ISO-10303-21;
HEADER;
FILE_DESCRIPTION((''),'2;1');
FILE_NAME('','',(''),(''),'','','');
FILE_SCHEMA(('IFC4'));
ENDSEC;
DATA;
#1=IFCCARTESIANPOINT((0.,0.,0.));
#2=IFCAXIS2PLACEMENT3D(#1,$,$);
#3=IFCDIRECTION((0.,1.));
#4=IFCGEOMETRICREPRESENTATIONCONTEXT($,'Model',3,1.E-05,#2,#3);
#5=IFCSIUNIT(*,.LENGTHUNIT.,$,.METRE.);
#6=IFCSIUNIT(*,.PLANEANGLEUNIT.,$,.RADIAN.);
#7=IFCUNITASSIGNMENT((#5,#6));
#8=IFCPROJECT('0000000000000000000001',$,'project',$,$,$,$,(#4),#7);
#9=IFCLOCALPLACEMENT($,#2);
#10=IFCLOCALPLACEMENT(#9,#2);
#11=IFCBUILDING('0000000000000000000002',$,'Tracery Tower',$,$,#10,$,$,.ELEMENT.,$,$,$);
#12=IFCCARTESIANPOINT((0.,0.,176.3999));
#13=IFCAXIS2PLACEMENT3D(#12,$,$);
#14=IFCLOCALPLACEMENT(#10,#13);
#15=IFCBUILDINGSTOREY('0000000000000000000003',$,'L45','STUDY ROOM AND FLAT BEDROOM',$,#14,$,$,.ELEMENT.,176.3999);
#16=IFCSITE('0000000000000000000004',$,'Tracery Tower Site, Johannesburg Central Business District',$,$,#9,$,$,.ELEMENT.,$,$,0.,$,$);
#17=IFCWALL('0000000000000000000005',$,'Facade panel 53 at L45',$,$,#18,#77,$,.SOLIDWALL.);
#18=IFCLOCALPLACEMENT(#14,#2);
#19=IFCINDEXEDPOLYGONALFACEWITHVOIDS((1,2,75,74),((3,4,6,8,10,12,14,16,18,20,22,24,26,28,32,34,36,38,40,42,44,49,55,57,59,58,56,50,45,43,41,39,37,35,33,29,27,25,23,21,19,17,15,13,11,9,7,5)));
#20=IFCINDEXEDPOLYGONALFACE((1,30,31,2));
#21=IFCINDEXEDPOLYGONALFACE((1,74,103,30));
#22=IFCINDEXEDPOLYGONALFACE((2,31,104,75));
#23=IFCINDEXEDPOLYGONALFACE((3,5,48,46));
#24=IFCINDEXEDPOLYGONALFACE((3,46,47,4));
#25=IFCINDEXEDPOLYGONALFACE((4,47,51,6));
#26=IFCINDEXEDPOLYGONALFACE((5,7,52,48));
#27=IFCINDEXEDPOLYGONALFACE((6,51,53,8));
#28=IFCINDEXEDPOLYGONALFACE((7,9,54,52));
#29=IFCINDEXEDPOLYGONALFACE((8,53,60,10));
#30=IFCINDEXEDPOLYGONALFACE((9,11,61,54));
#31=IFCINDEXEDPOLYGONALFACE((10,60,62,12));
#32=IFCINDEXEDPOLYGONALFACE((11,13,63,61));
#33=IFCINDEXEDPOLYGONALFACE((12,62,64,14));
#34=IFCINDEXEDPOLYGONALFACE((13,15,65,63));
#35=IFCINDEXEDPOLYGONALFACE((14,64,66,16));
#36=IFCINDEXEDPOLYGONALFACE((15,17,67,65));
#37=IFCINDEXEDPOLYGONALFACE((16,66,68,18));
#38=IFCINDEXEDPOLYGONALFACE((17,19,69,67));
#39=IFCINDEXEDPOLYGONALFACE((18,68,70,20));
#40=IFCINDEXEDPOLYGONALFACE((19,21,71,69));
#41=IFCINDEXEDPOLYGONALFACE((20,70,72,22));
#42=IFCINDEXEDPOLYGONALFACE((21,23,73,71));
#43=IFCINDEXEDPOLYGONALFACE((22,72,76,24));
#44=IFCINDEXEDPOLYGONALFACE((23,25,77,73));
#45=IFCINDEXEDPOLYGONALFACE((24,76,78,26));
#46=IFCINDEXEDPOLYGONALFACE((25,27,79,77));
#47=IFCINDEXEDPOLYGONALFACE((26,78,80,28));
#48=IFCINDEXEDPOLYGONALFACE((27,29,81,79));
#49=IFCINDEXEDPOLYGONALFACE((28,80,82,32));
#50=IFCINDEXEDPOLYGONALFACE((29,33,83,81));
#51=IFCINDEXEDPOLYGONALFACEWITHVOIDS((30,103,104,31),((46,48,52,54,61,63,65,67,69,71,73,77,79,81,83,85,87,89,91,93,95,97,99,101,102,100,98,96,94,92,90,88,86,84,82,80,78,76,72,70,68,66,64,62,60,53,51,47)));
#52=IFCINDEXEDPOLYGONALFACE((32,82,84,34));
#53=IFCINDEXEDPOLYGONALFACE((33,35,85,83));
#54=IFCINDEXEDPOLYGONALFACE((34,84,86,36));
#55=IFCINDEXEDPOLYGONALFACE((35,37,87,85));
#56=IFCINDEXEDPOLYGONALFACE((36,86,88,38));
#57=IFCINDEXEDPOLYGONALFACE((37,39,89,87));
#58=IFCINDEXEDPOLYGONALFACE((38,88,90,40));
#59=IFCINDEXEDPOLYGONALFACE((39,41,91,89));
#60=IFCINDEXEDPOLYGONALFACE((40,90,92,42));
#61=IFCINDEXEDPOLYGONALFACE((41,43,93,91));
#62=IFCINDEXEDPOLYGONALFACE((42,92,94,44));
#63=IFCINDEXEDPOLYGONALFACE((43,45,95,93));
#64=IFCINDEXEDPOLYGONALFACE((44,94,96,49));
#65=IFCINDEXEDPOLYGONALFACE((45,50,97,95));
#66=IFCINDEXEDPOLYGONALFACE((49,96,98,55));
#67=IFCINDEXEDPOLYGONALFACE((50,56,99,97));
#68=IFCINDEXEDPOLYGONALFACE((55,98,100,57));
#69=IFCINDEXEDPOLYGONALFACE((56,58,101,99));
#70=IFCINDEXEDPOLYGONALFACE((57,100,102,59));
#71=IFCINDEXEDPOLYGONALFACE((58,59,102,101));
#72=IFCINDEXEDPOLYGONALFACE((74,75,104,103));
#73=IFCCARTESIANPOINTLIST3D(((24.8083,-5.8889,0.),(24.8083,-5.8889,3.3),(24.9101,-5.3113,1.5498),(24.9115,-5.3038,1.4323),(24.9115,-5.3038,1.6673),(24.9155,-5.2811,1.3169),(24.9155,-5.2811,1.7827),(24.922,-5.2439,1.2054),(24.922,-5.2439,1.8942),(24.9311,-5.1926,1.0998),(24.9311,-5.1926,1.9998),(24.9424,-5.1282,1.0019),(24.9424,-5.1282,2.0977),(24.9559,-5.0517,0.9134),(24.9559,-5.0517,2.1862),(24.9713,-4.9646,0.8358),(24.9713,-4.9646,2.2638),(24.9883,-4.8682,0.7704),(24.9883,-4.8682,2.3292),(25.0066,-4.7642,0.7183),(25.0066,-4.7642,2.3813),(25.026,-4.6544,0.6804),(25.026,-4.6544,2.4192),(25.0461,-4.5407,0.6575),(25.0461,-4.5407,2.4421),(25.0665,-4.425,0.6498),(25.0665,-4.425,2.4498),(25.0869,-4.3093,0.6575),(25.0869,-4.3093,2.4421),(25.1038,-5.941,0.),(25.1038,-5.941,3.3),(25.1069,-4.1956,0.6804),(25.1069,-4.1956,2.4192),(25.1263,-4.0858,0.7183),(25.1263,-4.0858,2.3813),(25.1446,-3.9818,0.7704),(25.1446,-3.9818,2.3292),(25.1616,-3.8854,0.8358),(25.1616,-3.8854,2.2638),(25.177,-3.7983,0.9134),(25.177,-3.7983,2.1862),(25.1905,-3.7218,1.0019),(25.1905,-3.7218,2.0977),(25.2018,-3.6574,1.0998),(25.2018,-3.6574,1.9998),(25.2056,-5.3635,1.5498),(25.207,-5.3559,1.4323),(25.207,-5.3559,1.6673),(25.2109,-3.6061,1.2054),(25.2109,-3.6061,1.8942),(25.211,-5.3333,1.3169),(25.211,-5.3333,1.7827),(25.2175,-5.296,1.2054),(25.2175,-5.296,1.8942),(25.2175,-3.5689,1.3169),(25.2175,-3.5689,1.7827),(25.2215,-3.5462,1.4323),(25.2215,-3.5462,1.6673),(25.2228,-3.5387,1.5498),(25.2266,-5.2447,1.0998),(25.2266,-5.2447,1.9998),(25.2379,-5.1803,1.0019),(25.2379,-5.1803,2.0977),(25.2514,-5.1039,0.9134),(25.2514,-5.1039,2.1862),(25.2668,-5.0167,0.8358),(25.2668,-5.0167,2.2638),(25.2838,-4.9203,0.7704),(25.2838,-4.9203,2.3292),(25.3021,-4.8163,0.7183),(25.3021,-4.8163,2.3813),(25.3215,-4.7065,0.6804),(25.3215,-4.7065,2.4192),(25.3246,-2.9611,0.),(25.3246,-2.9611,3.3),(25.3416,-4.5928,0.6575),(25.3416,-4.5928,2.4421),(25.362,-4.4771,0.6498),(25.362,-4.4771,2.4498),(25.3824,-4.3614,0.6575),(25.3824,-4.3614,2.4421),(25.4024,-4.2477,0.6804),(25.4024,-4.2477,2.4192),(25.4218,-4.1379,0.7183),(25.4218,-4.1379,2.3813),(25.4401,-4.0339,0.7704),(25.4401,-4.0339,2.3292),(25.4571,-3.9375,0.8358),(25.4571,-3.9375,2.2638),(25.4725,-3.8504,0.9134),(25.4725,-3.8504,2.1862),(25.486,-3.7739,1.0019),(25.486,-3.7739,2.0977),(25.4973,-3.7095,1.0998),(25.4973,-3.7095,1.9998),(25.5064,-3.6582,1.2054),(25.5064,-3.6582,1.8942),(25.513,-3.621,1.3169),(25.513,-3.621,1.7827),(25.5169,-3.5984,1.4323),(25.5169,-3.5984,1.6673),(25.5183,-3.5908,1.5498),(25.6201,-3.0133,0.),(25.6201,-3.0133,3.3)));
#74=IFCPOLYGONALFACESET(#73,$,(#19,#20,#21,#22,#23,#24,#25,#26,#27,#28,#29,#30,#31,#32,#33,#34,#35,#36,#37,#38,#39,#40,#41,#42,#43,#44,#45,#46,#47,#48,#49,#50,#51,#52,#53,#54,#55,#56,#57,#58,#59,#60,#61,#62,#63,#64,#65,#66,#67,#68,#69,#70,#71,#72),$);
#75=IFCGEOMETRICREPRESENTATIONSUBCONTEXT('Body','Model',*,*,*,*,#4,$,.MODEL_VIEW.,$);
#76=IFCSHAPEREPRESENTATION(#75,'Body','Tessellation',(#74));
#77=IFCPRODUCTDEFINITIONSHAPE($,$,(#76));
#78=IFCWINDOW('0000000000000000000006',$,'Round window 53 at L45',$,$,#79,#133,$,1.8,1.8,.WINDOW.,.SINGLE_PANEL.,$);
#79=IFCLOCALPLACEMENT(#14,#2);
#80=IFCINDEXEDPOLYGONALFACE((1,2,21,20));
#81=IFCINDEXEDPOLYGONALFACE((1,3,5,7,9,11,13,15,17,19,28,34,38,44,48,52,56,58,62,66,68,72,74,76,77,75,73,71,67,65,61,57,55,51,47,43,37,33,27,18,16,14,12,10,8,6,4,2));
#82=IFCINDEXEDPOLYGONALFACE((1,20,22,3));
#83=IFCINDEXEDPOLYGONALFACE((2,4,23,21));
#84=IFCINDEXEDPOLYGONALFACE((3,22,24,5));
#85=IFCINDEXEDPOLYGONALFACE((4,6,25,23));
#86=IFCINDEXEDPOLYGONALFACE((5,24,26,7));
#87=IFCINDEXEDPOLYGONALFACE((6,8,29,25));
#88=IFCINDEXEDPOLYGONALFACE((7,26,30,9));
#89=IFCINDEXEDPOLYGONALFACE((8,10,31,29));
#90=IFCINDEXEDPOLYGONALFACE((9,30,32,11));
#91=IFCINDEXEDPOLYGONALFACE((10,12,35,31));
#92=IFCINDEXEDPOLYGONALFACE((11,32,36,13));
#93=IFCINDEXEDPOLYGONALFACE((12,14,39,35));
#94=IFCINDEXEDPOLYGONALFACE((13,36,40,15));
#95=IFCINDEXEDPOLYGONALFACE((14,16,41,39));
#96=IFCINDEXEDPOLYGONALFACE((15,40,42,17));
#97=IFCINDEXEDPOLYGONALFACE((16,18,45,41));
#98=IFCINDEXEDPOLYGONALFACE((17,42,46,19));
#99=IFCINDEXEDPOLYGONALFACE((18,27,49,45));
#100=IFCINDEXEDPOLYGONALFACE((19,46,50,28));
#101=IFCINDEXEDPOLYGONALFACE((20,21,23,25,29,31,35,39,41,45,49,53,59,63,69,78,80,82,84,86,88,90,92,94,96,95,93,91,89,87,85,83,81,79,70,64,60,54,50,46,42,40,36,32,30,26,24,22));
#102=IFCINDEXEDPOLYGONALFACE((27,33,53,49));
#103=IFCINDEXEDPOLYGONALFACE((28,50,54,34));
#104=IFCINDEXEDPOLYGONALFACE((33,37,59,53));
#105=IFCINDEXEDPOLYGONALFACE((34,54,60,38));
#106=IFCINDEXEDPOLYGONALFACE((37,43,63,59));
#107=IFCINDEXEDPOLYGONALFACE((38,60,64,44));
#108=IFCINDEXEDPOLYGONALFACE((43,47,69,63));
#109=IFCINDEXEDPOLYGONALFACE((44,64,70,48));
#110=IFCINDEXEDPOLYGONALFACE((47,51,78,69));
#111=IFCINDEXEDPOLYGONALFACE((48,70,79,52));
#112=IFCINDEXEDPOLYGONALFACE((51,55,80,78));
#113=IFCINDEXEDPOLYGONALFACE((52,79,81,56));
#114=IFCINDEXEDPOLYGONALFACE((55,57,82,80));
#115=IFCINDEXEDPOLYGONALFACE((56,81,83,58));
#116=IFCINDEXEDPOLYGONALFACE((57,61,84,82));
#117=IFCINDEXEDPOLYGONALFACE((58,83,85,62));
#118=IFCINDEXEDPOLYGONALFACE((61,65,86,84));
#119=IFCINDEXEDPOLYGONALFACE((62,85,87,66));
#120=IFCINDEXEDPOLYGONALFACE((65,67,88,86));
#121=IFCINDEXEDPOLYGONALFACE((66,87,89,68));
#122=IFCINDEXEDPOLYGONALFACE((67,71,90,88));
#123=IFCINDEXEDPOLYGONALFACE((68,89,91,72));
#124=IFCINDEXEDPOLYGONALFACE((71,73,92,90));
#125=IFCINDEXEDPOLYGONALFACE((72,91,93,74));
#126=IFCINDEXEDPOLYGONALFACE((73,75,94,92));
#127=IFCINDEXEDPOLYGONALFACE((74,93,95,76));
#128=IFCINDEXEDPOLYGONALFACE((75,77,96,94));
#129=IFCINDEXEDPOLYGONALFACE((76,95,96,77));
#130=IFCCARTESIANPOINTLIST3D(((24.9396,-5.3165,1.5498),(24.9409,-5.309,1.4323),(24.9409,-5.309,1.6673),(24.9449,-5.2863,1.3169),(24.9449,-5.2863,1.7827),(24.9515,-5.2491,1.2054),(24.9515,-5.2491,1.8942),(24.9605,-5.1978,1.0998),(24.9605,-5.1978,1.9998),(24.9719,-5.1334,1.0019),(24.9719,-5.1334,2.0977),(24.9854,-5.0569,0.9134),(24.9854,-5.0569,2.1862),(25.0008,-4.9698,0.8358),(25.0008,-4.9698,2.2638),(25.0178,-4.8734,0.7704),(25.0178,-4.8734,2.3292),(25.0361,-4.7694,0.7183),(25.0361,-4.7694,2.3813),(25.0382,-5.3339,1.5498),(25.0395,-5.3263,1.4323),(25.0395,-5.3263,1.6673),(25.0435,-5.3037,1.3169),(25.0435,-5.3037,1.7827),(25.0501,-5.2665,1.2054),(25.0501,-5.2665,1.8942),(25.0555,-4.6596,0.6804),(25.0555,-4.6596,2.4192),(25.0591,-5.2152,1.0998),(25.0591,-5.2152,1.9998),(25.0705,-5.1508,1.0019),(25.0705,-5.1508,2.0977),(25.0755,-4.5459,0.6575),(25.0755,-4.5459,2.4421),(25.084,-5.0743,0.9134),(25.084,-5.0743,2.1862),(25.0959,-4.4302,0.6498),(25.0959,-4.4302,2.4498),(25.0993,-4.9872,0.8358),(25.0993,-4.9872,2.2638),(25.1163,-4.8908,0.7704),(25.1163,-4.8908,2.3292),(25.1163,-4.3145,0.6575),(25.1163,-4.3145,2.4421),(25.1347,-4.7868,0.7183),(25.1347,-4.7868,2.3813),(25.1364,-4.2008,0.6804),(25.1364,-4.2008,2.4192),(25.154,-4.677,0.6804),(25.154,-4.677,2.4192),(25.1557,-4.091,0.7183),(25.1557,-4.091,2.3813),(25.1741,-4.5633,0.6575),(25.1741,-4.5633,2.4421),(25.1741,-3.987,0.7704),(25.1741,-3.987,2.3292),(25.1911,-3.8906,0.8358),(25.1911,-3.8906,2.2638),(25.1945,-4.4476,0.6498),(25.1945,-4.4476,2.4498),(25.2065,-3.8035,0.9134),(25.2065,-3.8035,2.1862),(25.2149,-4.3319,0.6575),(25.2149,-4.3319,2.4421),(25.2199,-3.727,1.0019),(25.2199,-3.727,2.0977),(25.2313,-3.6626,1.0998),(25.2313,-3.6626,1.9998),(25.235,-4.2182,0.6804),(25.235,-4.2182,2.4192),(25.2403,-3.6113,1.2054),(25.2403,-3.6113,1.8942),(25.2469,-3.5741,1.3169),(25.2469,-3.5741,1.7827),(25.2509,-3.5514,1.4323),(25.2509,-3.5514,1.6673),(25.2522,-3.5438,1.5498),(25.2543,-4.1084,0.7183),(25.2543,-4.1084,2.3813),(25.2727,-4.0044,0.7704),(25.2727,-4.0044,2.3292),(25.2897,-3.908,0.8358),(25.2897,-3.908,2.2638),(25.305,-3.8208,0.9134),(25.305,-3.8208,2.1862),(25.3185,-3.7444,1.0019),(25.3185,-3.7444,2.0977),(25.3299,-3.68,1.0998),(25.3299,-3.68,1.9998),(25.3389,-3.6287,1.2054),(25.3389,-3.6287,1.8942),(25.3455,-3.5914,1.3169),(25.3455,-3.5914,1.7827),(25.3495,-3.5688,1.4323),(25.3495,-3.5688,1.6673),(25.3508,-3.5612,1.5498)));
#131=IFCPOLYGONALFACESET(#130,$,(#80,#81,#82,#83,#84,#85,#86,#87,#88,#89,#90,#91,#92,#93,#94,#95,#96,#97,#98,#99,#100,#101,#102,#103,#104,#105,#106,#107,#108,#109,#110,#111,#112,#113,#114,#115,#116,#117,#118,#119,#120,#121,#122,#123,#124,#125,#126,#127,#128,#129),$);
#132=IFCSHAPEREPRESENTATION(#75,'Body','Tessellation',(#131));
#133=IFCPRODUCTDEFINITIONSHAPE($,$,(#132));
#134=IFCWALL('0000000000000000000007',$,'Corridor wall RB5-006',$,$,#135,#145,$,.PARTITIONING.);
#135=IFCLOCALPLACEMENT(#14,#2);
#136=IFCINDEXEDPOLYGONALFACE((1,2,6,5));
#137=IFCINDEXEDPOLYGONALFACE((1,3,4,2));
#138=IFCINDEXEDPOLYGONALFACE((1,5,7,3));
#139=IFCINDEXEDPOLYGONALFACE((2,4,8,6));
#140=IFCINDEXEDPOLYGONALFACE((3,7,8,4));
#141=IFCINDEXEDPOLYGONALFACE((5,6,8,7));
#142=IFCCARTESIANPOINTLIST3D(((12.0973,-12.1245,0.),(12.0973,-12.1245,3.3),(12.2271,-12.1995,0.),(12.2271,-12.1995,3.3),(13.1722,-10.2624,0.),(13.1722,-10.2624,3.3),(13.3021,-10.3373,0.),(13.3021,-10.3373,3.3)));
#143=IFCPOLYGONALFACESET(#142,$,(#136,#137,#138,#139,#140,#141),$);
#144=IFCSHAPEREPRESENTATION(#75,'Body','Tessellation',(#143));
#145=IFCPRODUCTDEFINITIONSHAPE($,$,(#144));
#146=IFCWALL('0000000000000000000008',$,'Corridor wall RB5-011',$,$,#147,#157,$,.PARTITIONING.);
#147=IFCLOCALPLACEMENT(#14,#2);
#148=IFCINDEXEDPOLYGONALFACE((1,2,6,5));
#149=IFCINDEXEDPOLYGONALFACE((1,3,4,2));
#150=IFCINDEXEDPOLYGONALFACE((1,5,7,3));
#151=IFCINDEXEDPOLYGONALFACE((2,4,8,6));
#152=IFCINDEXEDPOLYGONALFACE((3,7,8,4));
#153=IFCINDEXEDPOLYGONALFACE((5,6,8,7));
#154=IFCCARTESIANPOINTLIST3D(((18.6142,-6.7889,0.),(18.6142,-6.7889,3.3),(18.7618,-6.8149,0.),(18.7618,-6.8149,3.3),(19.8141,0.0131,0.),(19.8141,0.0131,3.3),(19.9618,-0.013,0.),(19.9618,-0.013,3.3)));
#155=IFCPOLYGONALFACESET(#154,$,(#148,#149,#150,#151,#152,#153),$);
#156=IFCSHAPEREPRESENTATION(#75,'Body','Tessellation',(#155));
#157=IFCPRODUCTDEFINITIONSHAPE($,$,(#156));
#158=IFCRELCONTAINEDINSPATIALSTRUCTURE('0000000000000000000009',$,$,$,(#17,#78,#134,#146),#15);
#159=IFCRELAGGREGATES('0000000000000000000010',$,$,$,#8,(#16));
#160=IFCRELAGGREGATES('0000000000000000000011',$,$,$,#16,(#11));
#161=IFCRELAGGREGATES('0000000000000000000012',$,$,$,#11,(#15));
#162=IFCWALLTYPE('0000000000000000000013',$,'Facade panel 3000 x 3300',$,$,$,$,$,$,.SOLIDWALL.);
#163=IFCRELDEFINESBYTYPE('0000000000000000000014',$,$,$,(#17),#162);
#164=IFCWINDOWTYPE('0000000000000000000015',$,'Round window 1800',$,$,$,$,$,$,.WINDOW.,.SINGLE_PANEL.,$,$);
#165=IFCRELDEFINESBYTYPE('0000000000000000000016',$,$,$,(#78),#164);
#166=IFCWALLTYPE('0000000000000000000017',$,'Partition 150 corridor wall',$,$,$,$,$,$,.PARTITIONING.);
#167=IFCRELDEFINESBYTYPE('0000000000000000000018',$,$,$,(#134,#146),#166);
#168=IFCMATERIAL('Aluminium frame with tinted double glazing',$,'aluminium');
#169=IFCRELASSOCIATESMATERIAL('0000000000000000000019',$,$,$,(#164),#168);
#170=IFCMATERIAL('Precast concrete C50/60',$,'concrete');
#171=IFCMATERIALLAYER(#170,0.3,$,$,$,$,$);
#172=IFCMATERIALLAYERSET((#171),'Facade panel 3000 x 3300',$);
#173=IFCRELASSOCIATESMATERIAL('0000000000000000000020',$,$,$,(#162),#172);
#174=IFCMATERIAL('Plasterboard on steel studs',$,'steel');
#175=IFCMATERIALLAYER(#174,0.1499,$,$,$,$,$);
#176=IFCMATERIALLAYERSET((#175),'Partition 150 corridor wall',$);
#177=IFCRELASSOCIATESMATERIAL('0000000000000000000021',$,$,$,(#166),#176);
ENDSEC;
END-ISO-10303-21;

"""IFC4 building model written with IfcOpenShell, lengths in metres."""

from ifc_helpers import new_model, si_unit, direction, frame, frame_2d, origin, origin_2d, place, context, subcontext, project, spatial, rectangle, circle, extrude, material, layer, layer_set, type_object, element, fill, save


model = new_model("IFC4")

# Units and contexts
model_context = context("Model", 3, precision=1e-05, world=origin(), true_north=direction((0.0, 1.0)))
body_context = subcontext(model_context, "Body", "Model", "MODEL_VIEW")
ifc_project = project(units=[si_unit("LENGTHUNIT", "METRE"), si_unit("PLANEANGLEUNIT", "RADIAN")], contexts=[model_context])

# Site, building, storey
site_placement = place(None, origin())
site = spatial("IfcSite", under=ifc_project, at=site_placement, Name="Tracery Tower Site, Johannesburg Central Business District", CompositionType="ELEMENT", RefElevation=0.0)
building_placement = place(site_placement, origin())
building = spatial("IfcBuilding", under=site, at=building_placement, Name="Tracery Tower", CompositionType="ELEMENT")
storey_placement = place(building_placement, frame((0.0, 0.0, 176.3999)))
storey = spatial("IfcBuildingStorey", under=building, at=storey_placement, Name="L45", Description="STUDY ROOM AND FLAT BEDROOM", CompositionType="ELEMENT", Elevation=176.3999)

# Wall, opening, window
ifc_material_1 = material(Name="Aluminium frame with tinted double glazing", Category="aluminium")
window_type = type_object("IfcWindowType", Name="Round window 1800", PartitioningType="SINGLE_PANEL", PredefinedType="WINDOW", material=ifc_material_1)
ifc_material_2 = material(Name="Precast concrete C50/60", Category="concrete")
ifc_layer_1 = layer(ifc_material_2, 0.3)
ifc_layer_set_1 = layer_set([ifc_layer_1], Name="Facade panel 3000 x 3300")
wall_type_1 = type_object("IfcWallType", Name="Facade panel 3000 x 3300", PredefinedType="SOLIDWALL", material=ifc_layer_set_1)
wall_1_placement = place(storey_placement, frame((24.9561, -5.9148, 0.0), z_axis=(0.0, 0.0, 1.0), x_axis=(0.173687, 0.984801, 0.0)))
wall_1 = element("IfcWall", 1, at=wall_1_placement, inside=storey, type_object=wall_type_1, Name="Facade panel 53 at L45", PredefinedType="SOLIDWALL", context=body_context, shape_type="SweptSolid", body=[
    extrude(rectangle(XDim=2.9729, YDim=0.3, at=frame_2d((1.4863, 0.0))), origin(), (0.0, 0.0, 1.0), 3.3),
])
opening_1_placement = place(wall_1_placement, frame((1.4863, 0.0, 1.5498)))
opening_1 = element("IfcOpeningElement", 2, at=opening_1_placement, cuts=wall_1, PredefinedType="OPENING", context=body_context, shape_type="SweptSolid", body=[
    extrude(circle(Radius=0.9, at=origin_2d()), frame((0.0, 0.1599, 0.0), z_axis=(0.0, -1.0, 0.0), x_axis=(1.0, 0.0, 0.0)), (0.0, 0.0, 1.0), 0.3201),
])
window_1_placement = place(opening_1_placement, origin())
window_1 = element("IfcWindow", 3, at=window_1_placement, inside=storey, type_object=window_type, Name="Round window 53 at L45", OverallHeight=1.8, OverallWidth=1.8, PartitioningType="SINGLE_PANEL", PredefinedType="WINDOW", context=body_context, shape_type="SweptSolid", body=[
    extrude(circle(Radius=0.9, at=origin_2d()), frame((0.0, 0.1201, 0.0), z_axis=(0.0, -1.0, 0.0), x_axis=(1.0, 0.0, 0.0)), (0.0, 0.0, 1.0), 0.1001),
])
fill(opening_1, window_1)

# Walls
ifc_material_3 = material(Name="Plasterboard on steel studs", Category="steel")
ifc_layer_2 = layer(ifc_material_3, 0.1499)
ifc_layer_set_2 = layer_set([ifc_layer_2], Name="Partition 150 corridor wall")
wall_type_2 = type_object("IfcWallType", Name="Partition 150 corridor wall", PredefinedType="PARTITIONING", material=ifc_layer_set_2)
wall_2_placement = place(storey_placement, frame((12.1621, -12.1621, 0.0), z_axis=(0.0, 0.0, 1.0), x_axis=(0.499962, 0.866048, 0.0)))
element("IfcWall", 4, at=wall_2_placement, inside=storey, type_object=wall_type_2, Name="Corridor wall RB5-006", PredefinedType="PARTITIONING", context=body_context, shape_type="SweptSolid", body=[
    extrude(rectangle(XDim=2.1501, YDim=0.1499, at=frame_2d((1.0752, 0.0))), origin(), (0.0, 0.0, 1.0), 3.3),
])
wall_3_placement = place(storey_placement, frame((18.688, -6.802, 0.0), z_axis=(0.0, 0.0, 1.0), x_axis=(0.173729, 0.984794, 0.0)))
element("IfcWall", 5, at=wall_3_placement, inside=storey, type_object=wall_type_2, Name="Corridor wall RB5-011", PredefinedType="PARTITIONING", context=body_context, shape_type="SweptSolid", body=[
    extrude(rectangle(XDim=6.907, YDim=0.1499, at=frame_2d((3.4536, 0.0))), origin(), (0.0, 0.0, 1.0), 3.3),
])

save(model, "model.ifc")
